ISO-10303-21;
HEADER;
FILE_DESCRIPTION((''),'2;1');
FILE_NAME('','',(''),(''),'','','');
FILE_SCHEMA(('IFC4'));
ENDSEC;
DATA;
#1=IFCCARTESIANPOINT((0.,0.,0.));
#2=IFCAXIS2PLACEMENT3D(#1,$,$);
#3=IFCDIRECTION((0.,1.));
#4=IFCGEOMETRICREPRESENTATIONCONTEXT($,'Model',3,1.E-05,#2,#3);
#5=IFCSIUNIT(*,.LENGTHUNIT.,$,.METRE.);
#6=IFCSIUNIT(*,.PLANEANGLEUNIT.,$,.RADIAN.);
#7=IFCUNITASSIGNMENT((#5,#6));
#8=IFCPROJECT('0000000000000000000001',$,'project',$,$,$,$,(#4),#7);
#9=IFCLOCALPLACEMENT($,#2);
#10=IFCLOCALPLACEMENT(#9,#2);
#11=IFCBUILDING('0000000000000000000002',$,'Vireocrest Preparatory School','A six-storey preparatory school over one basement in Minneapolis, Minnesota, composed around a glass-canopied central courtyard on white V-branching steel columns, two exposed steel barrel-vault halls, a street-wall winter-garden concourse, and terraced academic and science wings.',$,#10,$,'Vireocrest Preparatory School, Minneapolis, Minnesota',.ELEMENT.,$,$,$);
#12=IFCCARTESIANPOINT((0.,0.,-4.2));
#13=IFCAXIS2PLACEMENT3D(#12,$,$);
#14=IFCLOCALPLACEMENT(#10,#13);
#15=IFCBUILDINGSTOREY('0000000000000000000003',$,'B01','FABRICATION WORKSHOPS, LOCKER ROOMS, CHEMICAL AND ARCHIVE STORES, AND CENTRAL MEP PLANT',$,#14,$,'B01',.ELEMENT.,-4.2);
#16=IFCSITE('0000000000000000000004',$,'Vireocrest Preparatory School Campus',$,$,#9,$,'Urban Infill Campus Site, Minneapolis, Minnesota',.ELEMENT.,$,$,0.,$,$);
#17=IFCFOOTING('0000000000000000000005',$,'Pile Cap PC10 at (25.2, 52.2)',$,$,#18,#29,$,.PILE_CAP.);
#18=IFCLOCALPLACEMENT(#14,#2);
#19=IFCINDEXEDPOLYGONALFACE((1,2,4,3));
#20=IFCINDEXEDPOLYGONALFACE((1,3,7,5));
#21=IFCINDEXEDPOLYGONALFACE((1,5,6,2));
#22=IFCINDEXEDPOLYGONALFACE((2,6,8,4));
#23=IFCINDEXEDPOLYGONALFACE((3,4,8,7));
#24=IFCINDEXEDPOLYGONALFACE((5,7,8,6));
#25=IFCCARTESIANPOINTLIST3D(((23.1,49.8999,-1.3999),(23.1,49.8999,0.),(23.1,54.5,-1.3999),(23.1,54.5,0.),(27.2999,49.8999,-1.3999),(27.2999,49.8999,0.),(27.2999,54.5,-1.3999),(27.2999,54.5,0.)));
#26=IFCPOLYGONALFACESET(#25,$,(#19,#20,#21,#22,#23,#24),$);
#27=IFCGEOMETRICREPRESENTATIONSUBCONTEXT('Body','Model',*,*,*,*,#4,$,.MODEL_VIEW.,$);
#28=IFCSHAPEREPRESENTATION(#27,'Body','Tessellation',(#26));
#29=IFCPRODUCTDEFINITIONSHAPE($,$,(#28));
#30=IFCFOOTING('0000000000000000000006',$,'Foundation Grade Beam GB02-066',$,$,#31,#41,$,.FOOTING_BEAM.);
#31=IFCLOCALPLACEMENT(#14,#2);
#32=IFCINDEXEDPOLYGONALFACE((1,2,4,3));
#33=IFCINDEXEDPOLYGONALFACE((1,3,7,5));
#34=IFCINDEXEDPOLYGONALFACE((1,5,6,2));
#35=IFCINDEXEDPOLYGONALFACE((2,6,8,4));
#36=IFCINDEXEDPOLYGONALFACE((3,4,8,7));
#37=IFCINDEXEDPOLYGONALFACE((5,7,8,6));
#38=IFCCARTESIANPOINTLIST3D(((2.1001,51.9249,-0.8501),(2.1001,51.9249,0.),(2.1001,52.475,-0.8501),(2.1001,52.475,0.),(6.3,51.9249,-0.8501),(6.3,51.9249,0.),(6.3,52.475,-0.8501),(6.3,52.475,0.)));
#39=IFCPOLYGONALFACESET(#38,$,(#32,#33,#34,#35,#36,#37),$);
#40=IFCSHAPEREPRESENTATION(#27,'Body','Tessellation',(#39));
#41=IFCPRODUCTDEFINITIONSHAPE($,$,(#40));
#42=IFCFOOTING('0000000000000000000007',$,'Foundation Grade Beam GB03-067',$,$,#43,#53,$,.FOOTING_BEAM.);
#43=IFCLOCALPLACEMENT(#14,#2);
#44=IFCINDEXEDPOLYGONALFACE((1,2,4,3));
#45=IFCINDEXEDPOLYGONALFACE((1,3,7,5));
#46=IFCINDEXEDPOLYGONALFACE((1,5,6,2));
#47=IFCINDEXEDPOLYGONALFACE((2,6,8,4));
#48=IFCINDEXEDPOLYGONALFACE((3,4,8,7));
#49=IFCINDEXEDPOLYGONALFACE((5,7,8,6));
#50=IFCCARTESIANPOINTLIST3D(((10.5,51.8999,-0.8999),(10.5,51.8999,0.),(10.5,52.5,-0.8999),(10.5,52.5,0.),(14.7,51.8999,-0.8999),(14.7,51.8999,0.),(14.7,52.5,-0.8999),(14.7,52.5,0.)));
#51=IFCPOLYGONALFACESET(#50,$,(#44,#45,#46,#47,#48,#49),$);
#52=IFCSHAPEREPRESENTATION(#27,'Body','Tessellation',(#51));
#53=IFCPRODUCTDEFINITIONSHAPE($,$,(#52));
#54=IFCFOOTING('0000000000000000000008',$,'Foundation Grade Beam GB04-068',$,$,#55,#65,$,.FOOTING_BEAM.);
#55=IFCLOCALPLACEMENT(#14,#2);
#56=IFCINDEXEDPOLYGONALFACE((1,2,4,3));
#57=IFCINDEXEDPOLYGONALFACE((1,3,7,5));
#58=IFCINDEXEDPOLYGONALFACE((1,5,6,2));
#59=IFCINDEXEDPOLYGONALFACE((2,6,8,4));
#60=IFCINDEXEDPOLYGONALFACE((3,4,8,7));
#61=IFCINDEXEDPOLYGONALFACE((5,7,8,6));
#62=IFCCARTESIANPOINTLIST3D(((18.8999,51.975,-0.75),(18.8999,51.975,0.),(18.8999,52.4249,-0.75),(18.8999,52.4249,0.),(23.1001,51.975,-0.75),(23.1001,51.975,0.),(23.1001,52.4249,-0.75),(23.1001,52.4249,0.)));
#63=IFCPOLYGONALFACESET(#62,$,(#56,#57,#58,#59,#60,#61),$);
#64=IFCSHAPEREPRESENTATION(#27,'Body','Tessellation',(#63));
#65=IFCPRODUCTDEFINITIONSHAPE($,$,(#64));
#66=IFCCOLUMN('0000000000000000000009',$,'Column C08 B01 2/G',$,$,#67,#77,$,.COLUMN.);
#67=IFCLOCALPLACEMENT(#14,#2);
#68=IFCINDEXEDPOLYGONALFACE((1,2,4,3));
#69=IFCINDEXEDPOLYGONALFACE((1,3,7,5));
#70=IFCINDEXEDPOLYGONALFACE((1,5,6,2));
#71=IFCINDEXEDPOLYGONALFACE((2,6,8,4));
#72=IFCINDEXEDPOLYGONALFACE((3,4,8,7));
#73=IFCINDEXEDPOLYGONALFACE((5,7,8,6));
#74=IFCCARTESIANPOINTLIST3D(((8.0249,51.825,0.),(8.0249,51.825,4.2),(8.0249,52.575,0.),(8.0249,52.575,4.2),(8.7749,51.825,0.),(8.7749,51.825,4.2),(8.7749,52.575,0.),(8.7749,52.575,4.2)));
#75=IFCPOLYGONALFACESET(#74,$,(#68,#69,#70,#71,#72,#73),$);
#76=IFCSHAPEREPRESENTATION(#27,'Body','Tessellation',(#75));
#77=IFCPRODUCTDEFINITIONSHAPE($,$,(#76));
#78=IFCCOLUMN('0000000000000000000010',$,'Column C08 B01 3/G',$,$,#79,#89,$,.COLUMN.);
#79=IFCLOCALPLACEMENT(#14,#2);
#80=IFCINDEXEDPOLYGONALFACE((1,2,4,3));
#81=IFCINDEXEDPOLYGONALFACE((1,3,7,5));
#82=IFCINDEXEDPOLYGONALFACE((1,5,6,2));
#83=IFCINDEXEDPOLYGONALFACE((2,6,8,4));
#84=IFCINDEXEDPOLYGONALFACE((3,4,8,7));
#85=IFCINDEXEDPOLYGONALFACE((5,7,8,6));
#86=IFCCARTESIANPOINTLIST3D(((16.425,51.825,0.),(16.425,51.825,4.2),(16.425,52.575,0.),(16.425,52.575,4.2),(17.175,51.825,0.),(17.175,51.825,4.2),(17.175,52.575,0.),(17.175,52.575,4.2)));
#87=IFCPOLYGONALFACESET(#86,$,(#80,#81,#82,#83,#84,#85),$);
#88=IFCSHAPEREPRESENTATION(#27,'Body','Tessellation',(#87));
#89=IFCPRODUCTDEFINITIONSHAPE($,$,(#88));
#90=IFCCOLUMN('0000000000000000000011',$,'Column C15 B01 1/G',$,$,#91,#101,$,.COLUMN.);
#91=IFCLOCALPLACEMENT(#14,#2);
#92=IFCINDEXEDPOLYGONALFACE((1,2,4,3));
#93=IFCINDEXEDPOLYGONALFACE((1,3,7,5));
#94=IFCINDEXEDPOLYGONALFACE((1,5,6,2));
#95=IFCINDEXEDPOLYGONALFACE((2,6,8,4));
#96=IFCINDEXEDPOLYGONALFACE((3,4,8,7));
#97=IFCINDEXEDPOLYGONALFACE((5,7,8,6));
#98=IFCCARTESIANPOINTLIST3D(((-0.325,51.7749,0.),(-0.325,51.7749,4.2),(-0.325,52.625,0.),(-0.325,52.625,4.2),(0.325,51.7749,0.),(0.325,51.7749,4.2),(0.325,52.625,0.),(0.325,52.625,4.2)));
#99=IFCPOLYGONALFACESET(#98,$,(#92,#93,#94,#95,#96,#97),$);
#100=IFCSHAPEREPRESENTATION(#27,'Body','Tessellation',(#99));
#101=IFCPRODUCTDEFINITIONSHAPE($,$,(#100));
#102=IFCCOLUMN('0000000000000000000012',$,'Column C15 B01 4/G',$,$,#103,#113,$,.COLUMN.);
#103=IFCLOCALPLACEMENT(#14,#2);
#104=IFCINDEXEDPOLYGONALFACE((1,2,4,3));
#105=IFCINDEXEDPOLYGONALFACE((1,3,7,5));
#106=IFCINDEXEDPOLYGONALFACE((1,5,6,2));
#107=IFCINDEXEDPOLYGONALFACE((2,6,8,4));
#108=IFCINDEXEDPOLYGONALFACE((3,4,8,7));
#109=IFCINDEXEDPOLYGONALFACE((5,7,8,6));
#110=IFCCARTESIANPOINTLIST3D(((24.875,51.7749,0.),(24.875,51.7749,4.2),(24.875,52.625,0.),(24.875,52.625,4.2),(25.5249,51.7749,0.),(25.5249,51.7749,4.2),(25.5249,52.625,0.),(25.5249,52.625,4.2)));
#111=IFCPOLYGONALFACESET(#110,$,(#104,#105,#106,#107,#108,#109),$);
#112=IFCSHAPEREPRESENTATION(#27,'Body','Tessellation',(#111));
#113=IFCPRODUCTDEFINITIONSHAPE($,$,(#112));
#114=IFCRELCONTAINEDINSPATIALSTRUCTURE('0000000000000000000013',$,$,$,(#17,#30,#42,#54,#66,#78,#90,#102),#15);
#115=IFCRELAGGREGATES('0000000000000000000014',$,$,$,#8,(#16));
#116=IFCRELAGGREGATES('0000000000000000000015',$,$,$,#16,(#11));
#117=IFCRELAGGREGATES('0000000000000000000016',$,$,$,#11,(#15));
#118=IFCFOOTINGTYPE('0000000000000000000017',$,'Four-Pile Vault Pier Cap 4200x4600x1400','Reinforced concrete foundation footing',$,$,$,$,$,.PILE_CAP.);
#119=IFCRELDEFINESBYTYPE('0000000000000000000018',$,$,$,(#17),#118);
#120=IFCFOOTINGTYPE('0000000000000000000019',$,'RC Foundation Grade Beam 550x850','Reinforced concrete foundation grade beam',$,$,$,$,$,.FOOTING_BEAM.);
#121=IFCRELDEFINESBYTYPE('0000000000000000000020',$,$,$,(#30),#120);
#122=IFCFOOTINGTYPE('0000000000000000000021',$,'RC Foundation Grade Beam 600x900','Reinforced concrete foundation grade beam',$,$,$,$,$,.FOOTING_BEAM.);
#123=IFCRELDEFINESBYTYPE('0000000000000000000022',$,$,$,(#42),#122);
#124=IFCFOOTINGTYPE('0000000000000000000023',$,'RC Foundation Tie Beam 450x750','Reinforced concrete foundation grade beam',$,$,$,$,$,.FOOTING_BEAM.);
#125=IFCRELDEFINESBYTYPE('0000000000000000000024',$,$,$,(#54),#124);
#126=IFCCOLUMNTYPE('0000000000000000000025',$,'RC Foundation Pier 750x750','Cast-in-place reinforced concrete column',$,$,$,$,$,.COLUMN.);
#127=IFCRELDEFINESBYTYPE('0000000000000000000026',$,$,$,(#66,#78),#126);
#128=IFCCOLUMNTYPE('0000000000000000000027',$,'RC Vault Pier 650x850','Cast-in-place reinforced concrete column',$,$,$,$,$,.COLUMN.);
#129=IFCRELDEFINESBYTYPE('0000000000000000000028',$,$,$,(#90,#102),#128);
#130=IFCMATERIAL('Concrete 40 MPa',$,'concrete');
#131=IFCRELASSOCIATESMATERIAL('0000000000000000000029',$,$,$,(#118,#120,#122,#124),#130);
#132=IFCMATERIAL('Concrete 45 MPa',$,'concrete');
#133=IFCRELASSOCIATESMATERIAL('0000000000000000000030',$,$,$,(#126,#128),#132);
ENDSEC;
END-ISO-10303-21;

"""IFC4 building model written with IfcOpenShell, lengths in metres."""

from ifc_helpers import new_model, si_unit, direction, frame, origin, origin_2d, place, context, subcontext, project, spatial, rectangle, extrude, material, material_profile, profile_set, type_object, element, save


model = new_model("IFC4")

# Units and contexts
model_context = context("Model", 3, precision=1e-05, world=origin(), true_north=direction((0.0, 1.0)))
body_context = subcontext(model_context, "Body", "Model", "MODEL_VIEW")
ifc_project = project(units=[si_unit("LENGTHUNIT", "METRE"), si_unit("PLANEANGLEUNIT", "RADIAN")], contexts=[model_context])

# Site, building, storey
site_placement = place(None, origin())
site = spatial("IfcSite", under=ifc_project, at=site_placement, Name="Vireocrest Preparatory School Campus", LongName="Urban Infill Campus Site, Minneapolis, Minnesota", CompositionType="ELEMENT", RefElevation=0.0)
building_placement = place(site_placement, origin())
building = spatial("IfcBuilding", under=site, at=building_placement, Name="Vireocrest Preparatory School", Description="A six-storey preparatory school over one basement in Minneapolis, Minnesota, composed around a glass-canopied central courtyard on white V-branching steel columns, two exposed steel barrel-vault halls, a street-wall winter-garden concourse, and terraced academic and science wings.", LongName="Vireocrest Preparatory School, Minneapolis, Minnesota", CompositionType="ELEMENT")
storey_placement = place(building_placement, frame((0.0, 0.0, -4.2)))
storey = spatial("IfcBuildingStorey", under=building, at=storey_placement, Name="B01", Description="FABRICATION WORKSHOPS, LOCKER ROOMS, CHEMICAL AND ARCHIVE STORES, AND CENTRAL MEP PLANT", LongName="B01", CompositionType="ELEMENT", Elevation=-4.2)

# Shared definitions
ifc_material_1 = material(Name="Concrete 40 MPa", Category="concrete")

# Footings
footing_type_1 = type_object("IfcFootingType", Name="Four-Pile Vault Pier Cap 4200x4600x1400", Description="Reinforced concrete foundation footing", PredefinedType="PILE_CAP", material=ifc_material_1)
for number, where, z_axis, x_axis, name in (
    (1, (25.2, 52.2, -1.3999), (0.0, 0.0, 1.0), (1.0, 0.0, 0.0), "Pile Cap PC10 at (25.2, 52.2)"),
):
    element("IfcFooting", number, at=place(storey_placement, frame(where, z_axis=z_axis, x_axis=x_axis)), inside=storey, type_object=footing_type_1, Name=name, PredefinedType="PILE_CAP", context=body_context, shape_type="SweptSolid", body=[
        extrude(rectangle(XDim=4.2, YDim=4.6001, at=origin_2d()), origin(), (0.0, 0.0, 1.0), 1.3999),
    ])
ifc_material_profile_1 = material_profile(ifc_material_1, rectangle(XDim=0.55, YDim=0.8501, at=origin_2d()), Name="GB 550x850")
ifc_profile_set_1 = profile_set([ifc_material_profile_1], Name="Concrete 40 MPa")
footing_type_2 = type_object("IfcFootingType", Name="RC Foundation Grade Beam 550x850", Description="Reinforced concrete foundation grade beam", PredefinedType="FOOTING_BEAM", material=ifc_profile_set_1)
footing_1_placement = place(storey_placement, frame((2.1001, 52.2, -0.425), z_axis=(1.0, 0.0, 0.0), x_axis=(0.0, 1.0, 0.0)))
element("IfcFooting", 2, at=footing_1_placement, inside=storey, type_object=footing_type_2, Name="Foundation Grade Beam GB02-066", PredefinedType="FOOTING_BEAM", context=body_context, shape_type="SweptSolid", body=[
    extrude(rectangle(XDim=0.55, YDim=0.8501, at=origin_2d()), origin(), (0.0, 0.0, 1.0), 4.2),
])
ifc_material_profile_2 = material_profile(ifc_material_1, rectangle(XDim=0.6001, YDim=0.8999, at=origin_2d()), Name="GB 600x900")
ifc_profile_set_2 = profile_set([ifc_material_profile_2], Name="Concrete 40 MPa")
footing_type_3 = type_object("IfcFootingType", Name="RC Foundation Grade Beam 600x900", Description="Reinforced concrete foundation grade beam", PredefinedType="FOOTING_BEAM", material=ifc_profile_set_2)
footing_2_placement = place(storey_placement, frame((10.5, 52.2, -0.45), z_axis=(1.0, 0.0, 0.0), x_axis=(0.0, 1.0, 0.0)))
element("IfcFooting", 3, at=footing_2_placement, inside=storey, type_object=footing_type_3, Name="Foundation Grade Beam GB03-067", PredefinedType="FOOTING_BEAM", context=body_context, shape_type="SweptSolid", body=[
    extrude(rectangle(XDim=0.6001, YDim=0.8999, at=origin_2d()), origin(), (0.0, 0.0, 1.0), 4.2),
])
ifc_material_profile_3 = material_profile(ifc_material_1, rectangle(XDim=0.45, YDim=0.75, at=origin_2d()), Name="GB 450x750")
ifc_profile_set_3 = profile_set([ifc_material_profile_3], Name="Concrete 40 MPa")
footing_type_4 = type_object("IfcFootingType", Name="RC Foundation Tie Beam 450x750", Description="Reinforced concrete foundation grade beam", PredefinedType="FOOTING_BEAM", material=ifc_profile_set_3)
footing_3_placement = place(storey_placement, frame((18.8999, 52.2, -0.375), z_axis=(1.0, 0.0, 0.0), x_axis=(0.0, 1.0, 0.0)))
element("IfcFooting", 4, at=footing_3_placement, inside=storey, type_object=footing_type_4, Name="Foundation Grade Beam GB04-068", PredefinedType="FOOTING_BEAM", context=body_context, shape_type="SweptSolid", body=[
    extrude(rectangle(XDim=0.45, YDim=0.75, at=origin_2d()), origin(), (0.0, 0.0, 1.0), 4.2002),
])

# Columns
ifc_material_2 = material(Name="Concrete 45 MPa", Category="concrete")
ifc_material_profile_4 = material_profile(ifc_material_2, rectangle(XDim=0.75, YDim=0.75, at=origin_2d()), Name="RC 750x750")
ifc_profile_set_4 = profile_set([ifc_material_profile_4], Name="Concrete 45 MPa")
column_type_1 = type_object("IfcColumnType", Name="RC Foundation Pier 750x750", Description="Cast-in-place reinforced concrete column", PredefinedType="COLUMN", material=ifc_profile_set_4)
for number, where, z_axis, x_axis, name in (
    (5, (8.3999, 52.2, 0.0), (0.0, 0.0, 1.0), (1.0, 0.0, 0.0), "Column C08 B01 2/G"),
    (6, (16.8, 52.2, 0.0), (0.0, 0.0, 1.0), (1.0, 0.0, 0.0), "Column C08 B01 3/G"),
):
    element("IfcColumn", number, at=place(storey_placement, frame(where, z_axis=z_axis, x_axis=x_axis)), inside=storey, type_object=column_type_1, Name=name, PredefinedType="COLUMN", context=body_context, shape_type="SweptSolid", body=[
        extrude(rectangle(XDim=0.75, YDim=0.75, at=origin_2d()), origin(), (0.0, 0.0, 1.0), 4.2),
    ])
ifc_material_profile_5 = material_profile(ifc_material_2, rectangle(XDim=0.6499, YDim=0.8501, at=origin_2d()), Name="RC 650x850")
ifc_profile_set_5 = profile_set([ifc_material_profile_5], Name="Concrete 45 MPa")
column_type_2 = type_object("IfcColumnType", Name="RC Vault Pier 650x850", Description="Cast-in-place reinforced concrete column", PredefinedType="COLUMN", material=ifc_profile_set_5)
for number, where, z_axis, x_axis, name in (
    (7, (0.0, 52.2, 0.0), (0.0, 0.0, 1.0), (1.0, 0.0, 0.0), "Column C15 B01 1/G"),
    (8, (25.2, 52.2, 0.0), (0.0, 0.0, 1.0), (1.0, 0.0, 0.0), "Column C15 B01 4/G"),
):
    element("IfcColumn", number, at=place(storey_placement, frame(where, z_axis=z_axis, x_axis=x_axis)), inside=storey, type_object=column_type_2, Name=name, PredefinedType="COLUMN", context=body_context, shape_type="SweptSolid", body=[
        extrude(rectangle(XDim=0.6499, YDim=0.8501, at=origin_2d()), origin(), (0.0, 0.0, 1.0), 4.2),
    ])

save(model, "model.ifc")
